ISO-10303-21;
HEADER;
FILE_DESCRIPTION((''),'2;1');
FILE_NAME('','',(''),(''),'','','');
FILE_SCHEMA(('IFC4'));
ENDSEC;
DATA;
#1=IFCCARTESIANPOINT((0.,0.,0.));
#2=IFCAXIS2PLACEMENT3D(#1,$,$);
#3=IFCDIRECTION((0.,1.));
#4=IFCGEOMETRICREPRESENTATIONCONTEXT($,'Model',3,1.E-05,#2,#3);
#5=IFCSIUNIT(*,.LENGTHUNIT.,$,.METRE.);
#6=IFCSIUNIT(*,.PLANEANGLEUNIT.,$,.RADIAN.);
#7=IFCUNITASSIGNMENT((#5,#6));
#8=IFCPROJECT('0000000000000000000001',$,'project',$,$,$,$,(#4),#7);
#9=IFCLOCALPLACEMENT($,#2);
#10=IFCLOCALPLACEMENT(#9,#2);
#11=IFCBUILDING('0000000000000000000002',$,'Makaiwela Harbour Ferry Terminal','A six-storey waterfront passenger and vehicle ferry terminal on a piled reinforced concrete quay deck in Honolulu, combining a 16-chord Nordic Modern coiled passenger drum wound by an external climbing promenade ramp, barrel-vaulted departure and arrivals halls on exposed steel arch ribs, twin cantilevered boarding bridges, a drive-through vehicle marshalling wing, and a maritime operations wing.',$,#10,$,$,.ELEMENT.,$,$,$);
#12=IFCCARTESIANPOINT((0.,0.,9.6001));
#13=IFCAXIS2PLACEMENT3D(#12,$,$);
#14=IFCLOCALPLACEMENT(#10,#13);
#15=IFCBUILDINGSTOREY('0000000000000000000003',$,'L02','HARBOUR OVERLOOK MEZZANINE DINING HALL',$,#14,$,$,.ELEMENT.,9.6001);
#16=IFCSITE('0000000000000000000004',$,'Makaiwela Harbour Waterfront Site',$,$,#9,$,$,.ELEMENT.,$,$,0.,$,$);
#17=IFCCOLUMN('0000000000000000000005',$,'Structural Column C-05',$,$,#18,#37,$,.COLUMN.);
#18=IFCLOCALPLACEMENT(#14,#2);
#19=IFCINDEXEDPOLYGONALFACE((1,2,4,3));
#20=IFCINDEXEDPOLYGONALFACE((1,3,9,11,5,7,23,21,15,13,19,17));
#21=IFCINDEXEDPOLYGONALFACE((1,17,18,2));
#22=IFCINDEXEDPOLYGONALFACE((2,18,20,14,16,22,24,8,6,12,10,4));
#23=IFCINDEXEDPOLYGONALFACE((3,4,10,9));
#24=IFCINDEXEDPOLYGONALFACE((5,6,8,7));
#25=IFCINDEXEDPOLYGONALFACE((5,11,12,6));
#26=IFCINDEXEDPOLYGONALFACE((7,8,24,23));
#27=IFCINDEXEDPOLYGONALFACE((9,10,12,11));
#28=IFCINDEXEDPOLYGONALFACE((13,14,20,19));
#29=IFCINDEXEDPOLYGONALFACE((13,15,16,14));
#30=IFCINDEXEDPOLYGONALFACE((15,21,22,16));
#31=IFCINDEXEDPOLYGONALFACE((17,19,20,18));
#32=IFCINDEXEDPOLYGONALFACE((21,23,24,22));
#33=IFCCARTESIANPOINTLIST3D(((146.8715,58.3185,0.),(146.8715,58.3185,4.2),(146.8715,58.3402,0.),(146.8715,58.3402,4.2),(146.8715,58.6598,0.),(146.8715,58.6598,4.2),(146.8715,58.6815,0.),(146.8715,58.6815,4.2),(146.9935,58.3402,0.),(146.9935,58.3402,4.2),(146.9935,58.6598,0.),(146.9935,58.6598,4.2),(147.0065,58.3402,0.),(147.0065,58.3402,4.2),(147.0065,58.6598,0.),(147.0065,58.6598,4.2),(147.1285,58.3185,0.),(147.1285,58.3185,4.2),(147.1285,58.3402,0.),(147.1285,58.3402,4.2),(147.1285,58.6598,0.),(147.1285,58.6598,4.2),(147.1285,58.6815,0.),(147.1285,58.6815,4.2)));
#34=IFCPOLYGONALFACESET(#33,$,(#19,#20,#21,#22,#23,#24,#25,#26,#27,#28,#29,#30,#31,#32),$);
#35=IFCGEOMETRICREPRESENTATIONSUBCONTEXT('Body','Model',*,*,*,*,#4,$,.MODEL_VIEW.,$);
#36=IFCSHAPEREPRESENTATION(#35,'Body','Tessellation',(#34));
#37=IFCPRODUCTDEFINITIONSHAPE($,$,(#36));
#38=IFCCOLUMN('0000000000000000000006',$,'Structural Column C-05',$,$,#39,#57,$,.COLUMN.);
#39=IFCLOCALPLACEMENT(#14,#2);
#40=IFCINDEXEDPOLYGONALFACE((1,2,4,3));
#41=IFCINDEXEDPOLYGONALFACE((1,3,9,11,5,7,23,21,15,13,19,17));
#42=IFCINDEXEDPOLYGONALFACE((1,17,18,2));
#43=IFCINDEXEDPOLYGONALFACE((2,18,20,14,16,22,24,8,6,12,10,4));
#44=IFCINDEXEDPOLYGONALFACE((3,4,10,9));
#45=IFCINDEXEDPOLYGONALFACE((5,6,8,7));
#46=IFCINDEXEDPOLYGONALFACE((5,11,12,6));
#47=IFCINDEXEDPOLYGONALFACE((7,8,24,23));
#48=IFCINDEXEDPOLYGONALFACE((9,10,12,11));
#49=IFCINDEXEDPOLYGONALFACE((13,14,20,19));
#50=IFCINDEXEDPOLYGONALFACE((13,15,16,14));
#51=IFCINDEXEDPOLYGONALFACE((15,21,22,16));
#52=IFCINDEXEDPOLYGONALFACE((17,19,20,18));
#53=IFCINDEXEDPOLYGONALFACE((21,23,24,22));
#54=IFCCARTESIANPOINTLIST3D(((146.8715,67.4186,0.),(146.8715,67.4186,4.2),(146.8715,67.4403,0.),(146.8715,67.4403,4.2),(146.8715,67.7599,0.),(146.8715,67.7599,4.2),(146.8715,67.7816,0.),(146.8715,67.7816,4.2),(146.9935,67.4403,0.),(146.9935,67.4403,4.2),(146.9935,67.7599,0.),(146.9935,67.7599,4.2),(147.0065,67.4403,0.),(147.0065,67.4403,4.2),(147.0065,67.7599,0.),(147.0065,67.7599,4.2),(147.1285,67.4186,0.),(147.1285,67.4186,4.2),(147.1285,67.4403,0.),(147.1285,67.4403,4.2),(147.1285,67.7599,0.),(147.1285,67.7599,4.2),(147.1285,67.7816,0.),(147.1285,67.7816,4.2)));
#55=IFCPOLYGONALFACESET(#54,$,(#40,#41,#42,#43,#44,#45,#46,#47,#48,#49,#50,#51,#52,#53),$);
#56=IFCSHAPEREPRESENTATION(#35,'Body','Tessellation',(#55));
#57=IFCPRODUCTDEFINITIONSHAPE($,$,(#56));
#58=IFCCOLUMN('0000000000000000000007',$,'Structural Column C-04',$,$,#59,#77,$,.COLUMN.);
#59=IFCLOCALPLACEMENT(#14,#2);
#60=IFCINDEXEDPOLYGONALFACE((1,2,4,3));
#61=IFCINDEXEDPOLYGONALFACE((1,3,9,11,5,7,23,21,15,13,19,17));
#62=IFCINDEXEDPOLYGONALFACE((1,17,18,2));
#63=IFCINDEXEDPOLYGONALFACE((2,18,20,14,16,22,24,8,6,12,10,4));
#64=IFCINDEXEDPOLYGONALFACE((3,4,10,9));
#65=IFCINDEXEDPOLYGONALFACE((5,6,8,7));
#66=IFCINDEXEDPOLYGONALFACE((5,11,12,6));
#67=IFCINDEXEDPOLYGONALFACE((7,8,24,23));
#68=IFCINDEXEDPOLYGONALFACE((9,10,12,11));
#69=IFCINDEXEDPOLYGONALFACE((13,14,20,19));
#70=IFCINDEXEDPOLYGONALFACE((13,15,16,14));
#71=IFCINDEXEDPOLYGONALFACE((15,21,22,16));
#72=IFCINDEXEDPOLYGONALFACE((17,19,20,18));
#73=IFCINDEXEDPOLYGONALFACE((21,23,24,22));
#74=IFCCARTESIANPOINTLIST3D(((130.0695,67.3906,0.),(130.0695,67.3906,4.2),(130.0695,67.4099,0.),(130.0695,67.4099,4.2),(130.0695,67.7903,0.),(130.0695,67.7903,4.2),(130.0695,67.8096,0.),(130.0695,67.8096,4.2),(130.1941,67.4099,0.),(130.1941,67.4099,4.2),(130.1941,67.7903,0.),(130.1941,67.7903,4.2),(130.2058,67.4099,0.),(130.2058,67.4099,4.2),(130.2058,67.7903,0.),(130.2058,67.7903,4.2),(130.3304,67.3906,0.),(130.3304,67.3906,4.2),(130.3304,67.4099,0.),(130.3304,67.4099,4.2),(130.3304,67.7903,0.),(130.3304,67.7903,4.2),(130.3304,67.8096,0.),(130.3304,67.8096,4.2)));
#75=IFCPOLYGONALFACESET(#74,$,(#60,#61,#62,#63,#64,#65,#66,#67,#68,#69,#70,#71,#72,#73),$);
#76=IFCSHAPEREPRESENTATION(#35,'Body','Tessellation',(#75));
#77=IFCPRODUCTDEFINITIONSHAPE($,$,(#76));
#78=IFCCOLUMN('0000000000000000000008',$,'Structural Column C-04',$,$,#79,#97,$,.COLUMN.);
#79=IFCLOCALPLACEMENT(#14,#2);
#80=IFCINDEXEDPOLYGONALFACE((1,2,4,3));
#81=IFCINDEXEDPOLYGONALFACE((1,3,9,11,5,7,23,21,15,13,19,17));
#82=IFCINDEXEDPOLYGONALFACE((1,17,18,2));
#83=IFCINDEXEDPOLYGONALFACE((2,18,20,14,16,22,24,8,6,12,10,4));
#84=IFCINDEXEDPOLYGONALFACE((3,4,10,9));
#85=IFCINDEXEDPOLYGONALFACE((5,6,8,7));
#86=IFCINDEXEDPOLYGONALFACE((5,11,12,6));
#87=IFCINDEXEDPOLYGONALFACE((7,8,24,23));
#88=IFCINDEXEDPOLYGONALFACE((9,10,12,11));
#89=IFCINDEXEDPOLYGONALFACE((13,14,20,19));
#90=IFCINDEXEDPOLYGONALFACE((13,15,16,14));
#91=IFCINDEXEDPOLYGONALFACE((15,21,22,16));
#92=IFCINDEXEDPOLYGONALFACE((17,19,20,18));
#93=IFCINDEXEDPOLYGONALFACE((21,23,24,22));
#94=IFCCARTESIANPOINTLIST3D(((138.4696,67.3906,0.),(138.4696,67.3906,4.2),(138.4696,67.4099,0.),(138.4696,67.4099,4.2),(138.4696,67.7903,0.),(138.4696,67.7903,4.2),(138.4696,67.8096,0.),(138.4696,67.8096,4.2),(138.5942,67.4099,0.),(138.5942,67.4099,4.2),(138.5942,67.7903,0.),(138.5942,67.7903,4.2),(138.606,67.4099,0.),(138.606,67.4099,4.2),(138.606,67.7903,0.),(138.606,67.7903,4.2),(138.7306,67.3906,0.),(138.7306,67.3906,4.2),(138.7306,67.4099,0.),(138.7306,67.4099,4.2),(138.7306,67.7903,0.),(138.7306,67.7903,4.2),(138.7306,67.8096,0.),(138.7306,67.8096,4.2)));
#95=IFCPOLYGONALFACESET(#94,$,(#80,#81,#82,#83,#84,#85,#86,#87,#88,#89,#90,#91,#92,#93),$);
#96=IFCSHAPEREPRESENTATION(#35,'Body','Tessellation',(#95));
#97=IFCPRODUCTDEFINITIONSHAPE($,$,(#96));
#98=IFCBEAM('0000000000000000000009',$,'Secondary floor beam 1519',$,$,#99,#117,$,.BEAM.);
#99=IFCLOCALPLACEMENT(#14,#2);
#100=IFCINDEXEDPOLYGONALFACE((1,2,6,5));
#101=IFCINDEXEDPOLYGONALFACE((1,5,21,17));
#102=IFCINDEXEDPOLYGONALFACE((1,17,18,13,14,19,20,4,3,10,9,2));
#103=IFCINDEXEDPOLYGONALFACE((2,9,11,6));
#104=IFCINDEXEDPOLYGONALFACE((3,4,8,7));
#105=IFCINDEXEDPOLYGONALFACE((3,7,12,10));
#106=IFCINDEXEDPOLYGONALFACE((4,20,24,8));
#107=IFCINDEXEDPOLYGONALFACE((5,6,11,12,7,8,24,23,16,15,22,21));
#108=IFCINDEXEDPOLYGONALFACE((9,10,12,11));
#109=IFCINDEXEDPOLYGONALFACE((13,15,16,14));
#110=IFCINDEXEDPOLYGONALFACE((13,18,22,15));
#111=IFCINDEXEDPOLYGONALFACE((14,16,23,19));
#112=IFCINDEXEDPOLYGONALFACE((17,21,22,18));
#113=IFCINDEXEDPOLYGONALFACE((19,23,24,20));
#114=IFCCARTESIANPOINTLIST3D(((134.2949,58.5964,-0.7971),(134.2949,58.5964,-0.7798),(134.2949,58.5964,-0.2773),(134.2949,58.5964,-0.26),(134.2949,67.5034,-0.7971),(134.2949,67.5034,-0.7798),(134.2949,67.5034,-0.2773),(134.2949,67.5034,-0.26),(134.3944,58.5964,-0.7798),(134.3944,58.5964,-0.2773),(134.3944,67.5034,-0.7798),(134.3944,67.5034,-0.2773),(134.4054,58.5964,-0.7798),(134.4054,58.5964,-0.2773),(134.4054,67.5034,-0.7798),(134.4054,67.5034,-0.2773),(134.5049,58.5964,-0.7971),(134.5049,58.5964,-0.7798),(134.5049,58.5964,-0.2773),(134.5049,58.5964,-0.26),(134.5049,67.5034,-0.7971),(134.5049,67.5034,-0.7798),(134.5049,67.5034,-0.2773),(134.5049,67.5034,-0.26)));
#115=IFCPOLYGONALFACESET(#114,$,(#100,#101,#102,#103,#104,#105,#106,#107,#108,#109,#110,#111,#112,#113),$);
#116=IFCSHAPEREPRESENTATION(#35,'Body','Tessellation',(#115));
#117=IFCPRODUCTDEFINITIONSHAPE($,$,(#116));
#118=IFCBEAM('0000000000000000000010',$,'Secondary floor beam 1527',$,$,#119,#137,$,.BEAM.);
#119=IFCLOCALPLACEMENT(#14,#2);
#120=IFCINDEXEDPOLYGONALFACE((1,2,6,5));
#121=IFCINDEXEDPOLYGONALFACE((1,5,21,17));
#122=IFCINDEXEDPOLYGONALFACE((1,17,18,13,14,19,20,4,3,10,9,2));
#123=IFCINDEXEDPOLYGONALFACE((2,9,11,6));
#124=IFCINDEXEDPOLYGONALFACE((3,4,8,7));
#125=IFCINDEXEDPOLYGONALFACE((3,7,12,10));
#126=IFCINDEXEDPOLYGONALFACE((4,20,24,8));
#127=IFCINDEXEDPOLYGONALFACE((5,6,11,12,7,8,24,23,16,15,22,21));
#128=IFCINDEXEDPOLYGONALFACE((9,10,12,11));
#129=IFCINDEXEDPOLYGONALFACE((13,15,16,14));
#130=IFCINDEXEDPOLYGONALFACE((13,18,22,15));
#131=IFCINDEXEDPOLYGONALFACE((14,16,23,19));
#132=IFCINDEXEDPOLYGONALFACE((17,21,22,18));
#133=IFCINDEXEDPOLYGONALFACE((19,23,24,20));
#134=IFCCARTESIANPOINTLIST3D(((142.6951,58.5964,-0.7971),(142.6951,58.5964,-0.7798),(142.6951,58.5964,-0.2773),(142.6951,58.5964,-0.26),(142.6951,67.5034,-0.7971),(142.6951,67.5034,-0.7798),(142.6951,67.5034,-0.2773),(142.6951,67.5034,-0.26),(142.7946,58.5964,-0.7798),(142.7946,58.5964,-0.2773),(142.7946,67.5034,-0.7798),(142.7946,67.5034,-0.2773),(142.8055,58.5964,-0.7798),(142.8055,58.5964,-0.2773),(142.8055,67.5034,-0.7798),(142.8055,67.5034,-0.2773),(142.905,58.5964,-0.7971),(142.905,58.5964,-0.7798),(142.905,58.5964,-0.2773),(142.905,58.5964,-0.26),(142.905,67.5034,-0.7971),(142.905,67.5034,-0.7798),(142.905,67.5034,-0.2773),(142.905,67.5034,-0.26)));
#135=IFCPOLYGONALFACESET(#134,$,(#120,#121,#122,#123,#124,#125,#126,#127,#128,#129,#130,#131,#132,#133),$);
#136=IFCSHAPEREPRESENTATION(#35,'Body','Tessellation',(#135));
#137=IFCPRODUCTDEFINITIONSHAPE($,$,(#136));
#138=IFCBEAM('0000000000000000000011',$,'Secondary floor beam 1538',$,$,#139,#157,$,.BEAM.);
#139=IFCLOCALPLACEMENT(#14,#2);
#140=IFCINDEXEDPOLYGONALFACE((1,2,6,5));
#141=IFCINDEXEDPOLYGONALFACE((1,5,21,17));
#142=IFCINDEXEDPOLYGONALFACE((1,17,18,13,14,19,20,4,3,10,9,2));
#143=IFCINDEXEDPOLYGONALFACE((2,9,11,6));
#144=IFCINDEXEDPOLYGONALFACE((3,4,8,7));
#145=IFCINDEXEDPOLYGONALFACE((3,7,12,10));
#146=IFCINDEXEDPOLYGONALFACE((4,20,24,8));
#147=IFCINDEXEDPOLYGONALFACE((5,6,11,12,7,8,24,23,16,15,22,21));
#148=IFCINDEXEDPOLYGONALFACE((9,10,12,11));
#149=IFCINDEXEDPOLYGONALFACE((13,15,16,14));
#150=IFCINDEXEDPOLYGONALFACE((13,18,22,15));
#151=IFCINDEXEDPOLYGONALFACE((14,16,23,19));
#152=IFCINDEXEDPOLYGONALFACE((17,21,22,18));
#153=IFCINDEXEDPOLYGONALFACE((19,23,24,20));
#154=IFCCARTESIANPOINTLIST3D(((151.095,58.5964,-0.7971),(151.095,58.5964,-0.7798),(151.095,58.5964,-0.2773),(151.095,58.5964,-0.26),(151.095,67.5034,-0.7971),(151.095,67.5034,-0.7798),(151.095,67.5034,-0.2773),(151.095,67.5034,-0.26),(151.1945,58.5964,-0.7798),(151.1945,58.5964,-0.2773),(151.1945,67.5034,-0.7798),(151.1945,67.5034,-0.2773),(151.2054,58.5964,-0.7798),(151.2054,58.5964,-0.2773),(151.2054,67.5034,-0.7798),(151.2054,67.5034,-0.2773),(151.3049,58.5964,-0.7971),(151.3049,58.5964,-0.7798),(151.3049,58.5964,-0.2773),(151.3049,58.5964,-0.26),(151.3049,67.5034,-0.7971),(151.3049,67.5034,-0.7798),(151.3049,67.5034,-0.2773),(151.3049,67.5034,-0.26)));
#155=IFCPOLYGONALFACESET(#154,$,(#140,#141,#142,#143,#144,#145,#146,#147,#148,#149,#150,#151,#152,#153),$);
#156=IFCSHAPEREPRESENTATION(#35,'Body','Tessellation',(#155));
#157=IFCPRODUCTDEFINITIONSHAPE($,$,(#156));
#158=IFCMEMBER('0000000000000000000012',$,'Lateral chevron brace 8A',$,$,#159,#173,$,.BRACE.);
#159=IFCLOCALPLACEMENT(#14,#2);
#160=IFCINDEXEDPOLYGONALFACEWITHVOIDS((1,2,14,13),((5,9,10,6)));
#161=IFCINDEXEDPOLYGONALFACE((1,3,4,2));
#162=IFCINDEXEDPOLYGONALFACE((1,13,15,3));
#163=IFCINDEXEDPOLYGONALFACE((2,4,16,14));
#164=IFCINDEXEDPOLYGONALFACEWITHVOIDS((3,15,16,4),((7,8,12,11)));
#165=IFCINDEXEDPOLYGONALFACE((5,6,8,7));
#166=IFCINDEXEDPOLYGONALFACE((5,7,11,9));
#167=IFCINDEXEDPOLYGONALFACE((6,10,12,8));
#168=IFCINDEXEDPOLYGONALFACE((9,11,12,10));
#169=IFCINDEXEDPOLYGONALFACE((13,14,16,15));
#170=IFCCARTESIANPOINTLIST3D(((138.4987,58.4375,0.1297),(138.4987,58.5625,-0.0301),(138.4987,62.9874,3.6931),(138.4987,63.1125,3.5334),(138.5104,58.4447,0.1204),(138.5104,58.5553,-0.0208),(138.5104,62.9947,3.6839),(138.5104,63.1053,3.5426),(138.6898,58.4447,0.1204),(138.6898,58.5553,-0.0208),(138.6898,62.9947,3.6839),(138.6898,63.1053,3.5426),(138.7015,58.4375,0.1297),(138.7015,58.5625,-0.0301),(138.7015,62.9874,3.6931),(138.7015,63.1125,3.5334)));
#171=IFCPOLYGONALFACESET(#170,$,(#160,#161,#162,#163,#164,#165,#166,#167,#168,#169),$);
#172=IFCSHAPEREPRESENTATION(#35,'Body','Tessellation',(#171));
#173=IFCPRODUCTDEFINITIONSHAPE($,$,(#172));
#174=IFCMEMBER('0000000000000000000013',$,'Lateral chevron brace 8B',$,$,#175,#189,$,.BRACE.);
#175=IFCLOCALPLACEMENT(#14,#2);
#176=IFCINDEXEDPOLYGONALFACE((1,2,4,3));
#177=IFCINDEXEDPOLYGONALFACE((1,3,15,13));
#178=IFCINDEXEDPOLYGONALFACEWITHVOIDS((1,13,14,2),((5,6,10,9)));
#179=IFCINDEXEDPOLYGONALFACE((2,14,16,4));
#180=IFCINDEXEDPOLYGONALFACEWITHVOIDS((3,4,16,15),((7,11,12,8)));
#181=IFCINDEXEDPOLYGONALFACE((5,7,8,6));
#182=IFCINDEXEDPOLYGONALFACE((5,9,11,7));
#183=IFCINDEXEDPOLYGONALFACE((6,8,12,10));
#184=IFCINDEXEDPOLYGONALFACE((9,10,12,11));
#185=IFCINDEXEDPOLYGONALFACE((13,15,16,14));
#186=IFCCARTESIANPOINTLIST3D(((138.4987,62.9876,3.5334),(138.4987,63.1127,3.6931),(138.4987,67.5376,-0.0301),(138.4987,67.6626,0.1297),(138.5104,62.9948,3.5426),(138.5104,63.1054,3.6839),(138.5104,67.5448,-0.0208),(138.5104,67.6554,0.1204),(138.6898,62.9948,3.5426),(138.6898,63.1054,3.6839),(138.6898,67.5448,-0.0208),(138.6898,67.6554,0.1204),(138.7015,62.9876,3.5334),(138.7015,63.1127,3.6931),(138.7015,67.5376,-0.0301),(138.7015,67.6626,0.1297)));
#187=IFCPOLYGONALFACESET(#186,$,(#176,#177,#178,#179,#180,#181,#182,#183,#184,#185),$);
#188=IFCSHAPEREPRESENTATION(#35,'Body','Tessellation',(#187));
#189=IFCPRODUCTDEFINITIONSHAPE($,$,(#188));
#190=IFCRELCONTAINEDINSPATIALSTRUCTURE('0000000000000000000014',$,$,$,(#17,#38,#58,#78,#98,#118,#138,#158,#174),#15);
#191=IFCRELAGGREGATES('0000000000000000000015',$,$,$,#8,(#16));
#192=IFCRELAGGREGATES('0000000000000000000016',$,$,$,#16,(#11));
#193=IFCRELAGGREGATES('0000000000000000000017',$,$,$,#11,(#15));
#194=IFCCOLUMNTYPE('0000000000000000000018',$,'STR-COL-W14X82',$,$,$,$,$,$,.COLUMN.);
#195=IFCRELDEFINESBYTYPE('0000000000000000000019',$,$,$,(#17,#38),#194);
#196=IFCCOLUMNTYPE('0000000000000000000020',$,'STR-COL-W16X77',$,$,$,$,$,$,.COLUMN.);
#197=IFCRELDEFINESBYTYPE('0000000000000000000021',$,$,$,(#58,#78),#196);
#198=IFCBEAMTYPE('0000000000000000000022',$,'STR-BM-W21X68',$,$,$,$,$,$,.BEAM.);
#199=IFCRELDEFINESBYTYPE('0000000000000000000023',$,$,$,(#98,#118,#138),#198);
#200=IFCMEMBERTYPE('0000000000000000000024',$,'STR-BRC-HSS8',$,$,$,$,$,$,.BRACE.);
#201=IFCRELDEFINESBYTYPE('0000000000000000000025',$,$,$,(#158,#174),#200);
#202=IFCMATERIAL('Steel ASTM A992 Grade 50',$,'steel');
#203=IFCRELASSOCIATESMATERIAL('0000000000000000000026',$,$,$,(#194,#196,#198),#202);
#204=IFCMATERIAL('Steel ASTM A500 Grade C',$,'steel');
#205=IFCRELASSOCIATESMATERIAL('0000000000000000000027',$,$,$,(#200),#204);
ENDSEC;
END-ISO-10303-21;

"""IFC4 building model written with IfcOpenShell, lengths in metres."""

from ifc_helpers import new_model, si_unit, direction, frame, origin, origin_2d, place, context, subcontext, project, spatial, hollow_rectangle, i_section, extrude, material, material_profile, profile_set, type_object, element, save


model = new_model("IFC4")

# Units and contexts
model_context = context("Model", 3, precision=1e-05, world=origin(), true_north=direction((0.0, 1.0)))
body_context = subcontext(model_context, "Body", "Model", "MODEL_VIEW")
ifc_project = project(units=[si_unit("LENGTHUNIT", "METRE"), si_unit("PLANEANGLEUNIT", "RADIAN")], contexts=[model_context])

# Site, building, storey
site_placement = place(None, origin())
site = spatial("IfcSite", under=ifc_project, at=site_placement, Name="Makaiwela Harbour Waterfront Site", CompositionType="ELEMENT", RefElevation=0.0)
building_placement = place(site_placement, origin())
building = spatial("IfcBuilding", under=site, at=building_placement, Name="Makaiwela Harbour Ferry Terminal", Description="A six-storey waterfront passenger and vehicle ferry terminal on a piled reinforced concrete quay deck in Honolulu, combining a 16-chord Nordic Modern coiled passenger drum wound by an external climbing promenade ramp, barrel-vaulted departure and arrivals halls on exposed steel arch ribs, twin cantilevered boarding bridges, a drive-through vehicle marshalling wing, and a maritime operations wing.", CompositionType="ELEMENT")
storey_placement = place(building_placement, frame((0.0, 0.0, 9.6001)))
storey = spatial("IfcBuildingStorey", under=building, at=storey_placement, Name="L02", Description="HARBOUR OVERLOOK MEZZANINE DINING HALL", CompositionType="ELEMENT", Elevation=9.6001)

# Columns
ifc_material_1 = material(Name="Steel ASTM A992 Grade 50", Category="steel")
ifc_material_profile_1 = material_profile(ifc_material_1, i_section(OverallWidth=0.2571, OverallDepth=0.363, WebThickness=0.0129, FlangeThickness=0.0217, at=origin_2d()), Name="W14X82")
ifc_profile_set_1 = profile_set([ifc_material_profile_1], Name="Steel ASTM A992 Grade 50")
column_type_1 = type_object("IfcColumnType", Name="STR-COL-W14X82", PredefinedType="COLUMN", material=ifc_profile_set_1)
for number, where, z_axis, x_axis, name in (
    (1, (147.0, 58.5, 0.0), (0.0, 0.0, 1.0), (1.0, 0.0, 0.0), "Structural Column C-05"),
    (2, (147.0, 67.6001, 0.0), (0.0, 0.0, 1.0), (1.0, 0.0, 0.0), "Structural Column C-05"),
):
    element("IfcColumn", number, at=place(storey_placement, frame(where, z_axis=z_axis, x_axis=x_axis)), inside=storey, type_object=column_type_1, Name=name, PredefinedType="COLUMN", context=body_context, shape_type="SweptSolid", body=[
        extrude(i_section(OverallWidth=0.2571, OverallDepth=0.363, WebThickness=0.0129, FlangeThickness=0.0217, at=origin_2d()), origin(), (0.0, 0.0, 1.0), 4.2),
    ])
ifc_material_profile_2 = material_profile(ifc_material_1, i_section(OverallWidth=0.261, OverallDepth=0.4189, WebThickness=0.0117, FlangeThickness=0.0193, at=origin_2d()), Name="W16X77")
ifc_profile_set_2 = profile_set([ifc_material_profile_2], Name="Steel ASTM A992 Grade 50")
column_type_2 = type_object("IfcColumnType", Name="STR-COL-W16X77", PredefinedType="COLUMN", material=ifc_profile_set_2)
for number, where, z_axis, x_axis, name in (
    (3, (130.2, 67.6001, 0.0), (0.0, 0.0, 1.0), (1.0, 0.0, 0.0), "Structural Column C-04"),
    (4, (138.6001, 67.6001, 0.0), (0.0, 0.0, 1.0), (1.0, 0.0, 0.0), "Structural Column C-04"),
):
    element("IfcColumn", number, at=place(storey_placement, frame(where, z_axis=z_axis, x_axis=x_axis)), inside=storey, type_object=column_type_2, Name=name, PredefinedType="COLUMN", context=body_context, shape_type="SweptSolid", body=[
        extrude(i_section(OverallWidth=0.261, OverallDepth=0.4189, WebThickness=0.0117, FlangeThickness=0.0193, at=origin_2d()), origin(), (0.0, 0.0, 1.0), 4.2),
    ])

# Beams
ifc_material_profile_3 = material_profile(ifc_material_1, i_section(OverallWidth=0.21, OverallDepth=0.5371, WebThickness=0.011, FlangeThickness=0.0173, at=origin_2d()), Name="W21X68")
ifc_profile_set_3 = profile_set([ifc_material_profile_3], Name="Steel ASTM A992 Grade 50")
beam_type_1 = type_object("IfcBeamType", Name="STR-BM-W21X68", PredefinedType="BEAM", material=ifc_profile_set_3)
for number, where, z_axis, x_axis, name in (
    (5, (134.3999, 58.5964, -0.5286), (0.0, 1.0, 0.0), (-1.0, 0.0, 0.0), "Secondary floor beam 1519"),
    (6, (142.8, 58.5964, -0.5286), (0.0, 1.0, 0.0), (-1.0, 0.0, 0.0), "Secondary floor beam 1527"),
    (7, (151.2, 58.5964, -0.5286), (0.0, 1.0, 0.0), (-1.0, 0.0, 0.0), "Secondary floor beam 1538"),
):
    element("IfcBeam", number, at=place(storey_placement, frame(where, z_axis=z_axis, x_axis=x_axis)), inside=storey, type_object=beam_type_1, Name=name, PredefinedType="BEAM", context=body_context, shape_type="SweptSolid", body=[
        extrude(i_section(OverallWidth=0.21, OverallDepth=0.5371, WebThickness=0.011, FlangeThickness=0.0173, at=origin_2d()), origin(), (0.0, 0.0, 1.0), 8.907),
    ])

# Members
ifc_material_2 = material(Name="Steel ASTM A500 Grade C", Category="steel")
ifc_material_profile_4 = material_profile(ifc_material_2, hollow_rectangle(XDim=0.2029, YDim=0.2029, WallThickness=0.0117, at=origin_2d()), Name="HSS8X8X1/2")
ifc_profile_set_4 = profile_set([ifc_material_profile_4], Name="Steel ASTM A500 Grade C")
member_type = type_object("IfcMemberType", Name="STR-BRC-HSS8", PredefinedType="BRACE", material=ifc_profile_set_4)
for number, where, z_axis, x_axis, name in (
    (8, (138.6001, 58.5, 0.0498), (0.0, 0.787289, 0.616584), (-1.0, 0.0, 0.0), "Lateral chevron brace 8A"),
    (9, (138.6001, 67.6001, 0.0498), (0.0, -0.787289, 0.616584), (1.0, 0.0, 0.0), "Lateral chevron brace 8B"),
):
    element("IfcMember", number, at=place(storey_placement, frame(where, z_axis=z_axis, x_axis=x_axis)), inside=storey, type_object=member_type, Name=name, PredefinedType="BRACE", context=body_context, shape_type="SweptSolid", body=[
        extrude(hollow_rectangle(XDim=0.2029, YDim=0.2029, WallThickness=0.0117, at=origin_2d()), origin(), (0.0, 0.0, 1.0), 5.7793),
    ])

save(model, "model.ifc")
